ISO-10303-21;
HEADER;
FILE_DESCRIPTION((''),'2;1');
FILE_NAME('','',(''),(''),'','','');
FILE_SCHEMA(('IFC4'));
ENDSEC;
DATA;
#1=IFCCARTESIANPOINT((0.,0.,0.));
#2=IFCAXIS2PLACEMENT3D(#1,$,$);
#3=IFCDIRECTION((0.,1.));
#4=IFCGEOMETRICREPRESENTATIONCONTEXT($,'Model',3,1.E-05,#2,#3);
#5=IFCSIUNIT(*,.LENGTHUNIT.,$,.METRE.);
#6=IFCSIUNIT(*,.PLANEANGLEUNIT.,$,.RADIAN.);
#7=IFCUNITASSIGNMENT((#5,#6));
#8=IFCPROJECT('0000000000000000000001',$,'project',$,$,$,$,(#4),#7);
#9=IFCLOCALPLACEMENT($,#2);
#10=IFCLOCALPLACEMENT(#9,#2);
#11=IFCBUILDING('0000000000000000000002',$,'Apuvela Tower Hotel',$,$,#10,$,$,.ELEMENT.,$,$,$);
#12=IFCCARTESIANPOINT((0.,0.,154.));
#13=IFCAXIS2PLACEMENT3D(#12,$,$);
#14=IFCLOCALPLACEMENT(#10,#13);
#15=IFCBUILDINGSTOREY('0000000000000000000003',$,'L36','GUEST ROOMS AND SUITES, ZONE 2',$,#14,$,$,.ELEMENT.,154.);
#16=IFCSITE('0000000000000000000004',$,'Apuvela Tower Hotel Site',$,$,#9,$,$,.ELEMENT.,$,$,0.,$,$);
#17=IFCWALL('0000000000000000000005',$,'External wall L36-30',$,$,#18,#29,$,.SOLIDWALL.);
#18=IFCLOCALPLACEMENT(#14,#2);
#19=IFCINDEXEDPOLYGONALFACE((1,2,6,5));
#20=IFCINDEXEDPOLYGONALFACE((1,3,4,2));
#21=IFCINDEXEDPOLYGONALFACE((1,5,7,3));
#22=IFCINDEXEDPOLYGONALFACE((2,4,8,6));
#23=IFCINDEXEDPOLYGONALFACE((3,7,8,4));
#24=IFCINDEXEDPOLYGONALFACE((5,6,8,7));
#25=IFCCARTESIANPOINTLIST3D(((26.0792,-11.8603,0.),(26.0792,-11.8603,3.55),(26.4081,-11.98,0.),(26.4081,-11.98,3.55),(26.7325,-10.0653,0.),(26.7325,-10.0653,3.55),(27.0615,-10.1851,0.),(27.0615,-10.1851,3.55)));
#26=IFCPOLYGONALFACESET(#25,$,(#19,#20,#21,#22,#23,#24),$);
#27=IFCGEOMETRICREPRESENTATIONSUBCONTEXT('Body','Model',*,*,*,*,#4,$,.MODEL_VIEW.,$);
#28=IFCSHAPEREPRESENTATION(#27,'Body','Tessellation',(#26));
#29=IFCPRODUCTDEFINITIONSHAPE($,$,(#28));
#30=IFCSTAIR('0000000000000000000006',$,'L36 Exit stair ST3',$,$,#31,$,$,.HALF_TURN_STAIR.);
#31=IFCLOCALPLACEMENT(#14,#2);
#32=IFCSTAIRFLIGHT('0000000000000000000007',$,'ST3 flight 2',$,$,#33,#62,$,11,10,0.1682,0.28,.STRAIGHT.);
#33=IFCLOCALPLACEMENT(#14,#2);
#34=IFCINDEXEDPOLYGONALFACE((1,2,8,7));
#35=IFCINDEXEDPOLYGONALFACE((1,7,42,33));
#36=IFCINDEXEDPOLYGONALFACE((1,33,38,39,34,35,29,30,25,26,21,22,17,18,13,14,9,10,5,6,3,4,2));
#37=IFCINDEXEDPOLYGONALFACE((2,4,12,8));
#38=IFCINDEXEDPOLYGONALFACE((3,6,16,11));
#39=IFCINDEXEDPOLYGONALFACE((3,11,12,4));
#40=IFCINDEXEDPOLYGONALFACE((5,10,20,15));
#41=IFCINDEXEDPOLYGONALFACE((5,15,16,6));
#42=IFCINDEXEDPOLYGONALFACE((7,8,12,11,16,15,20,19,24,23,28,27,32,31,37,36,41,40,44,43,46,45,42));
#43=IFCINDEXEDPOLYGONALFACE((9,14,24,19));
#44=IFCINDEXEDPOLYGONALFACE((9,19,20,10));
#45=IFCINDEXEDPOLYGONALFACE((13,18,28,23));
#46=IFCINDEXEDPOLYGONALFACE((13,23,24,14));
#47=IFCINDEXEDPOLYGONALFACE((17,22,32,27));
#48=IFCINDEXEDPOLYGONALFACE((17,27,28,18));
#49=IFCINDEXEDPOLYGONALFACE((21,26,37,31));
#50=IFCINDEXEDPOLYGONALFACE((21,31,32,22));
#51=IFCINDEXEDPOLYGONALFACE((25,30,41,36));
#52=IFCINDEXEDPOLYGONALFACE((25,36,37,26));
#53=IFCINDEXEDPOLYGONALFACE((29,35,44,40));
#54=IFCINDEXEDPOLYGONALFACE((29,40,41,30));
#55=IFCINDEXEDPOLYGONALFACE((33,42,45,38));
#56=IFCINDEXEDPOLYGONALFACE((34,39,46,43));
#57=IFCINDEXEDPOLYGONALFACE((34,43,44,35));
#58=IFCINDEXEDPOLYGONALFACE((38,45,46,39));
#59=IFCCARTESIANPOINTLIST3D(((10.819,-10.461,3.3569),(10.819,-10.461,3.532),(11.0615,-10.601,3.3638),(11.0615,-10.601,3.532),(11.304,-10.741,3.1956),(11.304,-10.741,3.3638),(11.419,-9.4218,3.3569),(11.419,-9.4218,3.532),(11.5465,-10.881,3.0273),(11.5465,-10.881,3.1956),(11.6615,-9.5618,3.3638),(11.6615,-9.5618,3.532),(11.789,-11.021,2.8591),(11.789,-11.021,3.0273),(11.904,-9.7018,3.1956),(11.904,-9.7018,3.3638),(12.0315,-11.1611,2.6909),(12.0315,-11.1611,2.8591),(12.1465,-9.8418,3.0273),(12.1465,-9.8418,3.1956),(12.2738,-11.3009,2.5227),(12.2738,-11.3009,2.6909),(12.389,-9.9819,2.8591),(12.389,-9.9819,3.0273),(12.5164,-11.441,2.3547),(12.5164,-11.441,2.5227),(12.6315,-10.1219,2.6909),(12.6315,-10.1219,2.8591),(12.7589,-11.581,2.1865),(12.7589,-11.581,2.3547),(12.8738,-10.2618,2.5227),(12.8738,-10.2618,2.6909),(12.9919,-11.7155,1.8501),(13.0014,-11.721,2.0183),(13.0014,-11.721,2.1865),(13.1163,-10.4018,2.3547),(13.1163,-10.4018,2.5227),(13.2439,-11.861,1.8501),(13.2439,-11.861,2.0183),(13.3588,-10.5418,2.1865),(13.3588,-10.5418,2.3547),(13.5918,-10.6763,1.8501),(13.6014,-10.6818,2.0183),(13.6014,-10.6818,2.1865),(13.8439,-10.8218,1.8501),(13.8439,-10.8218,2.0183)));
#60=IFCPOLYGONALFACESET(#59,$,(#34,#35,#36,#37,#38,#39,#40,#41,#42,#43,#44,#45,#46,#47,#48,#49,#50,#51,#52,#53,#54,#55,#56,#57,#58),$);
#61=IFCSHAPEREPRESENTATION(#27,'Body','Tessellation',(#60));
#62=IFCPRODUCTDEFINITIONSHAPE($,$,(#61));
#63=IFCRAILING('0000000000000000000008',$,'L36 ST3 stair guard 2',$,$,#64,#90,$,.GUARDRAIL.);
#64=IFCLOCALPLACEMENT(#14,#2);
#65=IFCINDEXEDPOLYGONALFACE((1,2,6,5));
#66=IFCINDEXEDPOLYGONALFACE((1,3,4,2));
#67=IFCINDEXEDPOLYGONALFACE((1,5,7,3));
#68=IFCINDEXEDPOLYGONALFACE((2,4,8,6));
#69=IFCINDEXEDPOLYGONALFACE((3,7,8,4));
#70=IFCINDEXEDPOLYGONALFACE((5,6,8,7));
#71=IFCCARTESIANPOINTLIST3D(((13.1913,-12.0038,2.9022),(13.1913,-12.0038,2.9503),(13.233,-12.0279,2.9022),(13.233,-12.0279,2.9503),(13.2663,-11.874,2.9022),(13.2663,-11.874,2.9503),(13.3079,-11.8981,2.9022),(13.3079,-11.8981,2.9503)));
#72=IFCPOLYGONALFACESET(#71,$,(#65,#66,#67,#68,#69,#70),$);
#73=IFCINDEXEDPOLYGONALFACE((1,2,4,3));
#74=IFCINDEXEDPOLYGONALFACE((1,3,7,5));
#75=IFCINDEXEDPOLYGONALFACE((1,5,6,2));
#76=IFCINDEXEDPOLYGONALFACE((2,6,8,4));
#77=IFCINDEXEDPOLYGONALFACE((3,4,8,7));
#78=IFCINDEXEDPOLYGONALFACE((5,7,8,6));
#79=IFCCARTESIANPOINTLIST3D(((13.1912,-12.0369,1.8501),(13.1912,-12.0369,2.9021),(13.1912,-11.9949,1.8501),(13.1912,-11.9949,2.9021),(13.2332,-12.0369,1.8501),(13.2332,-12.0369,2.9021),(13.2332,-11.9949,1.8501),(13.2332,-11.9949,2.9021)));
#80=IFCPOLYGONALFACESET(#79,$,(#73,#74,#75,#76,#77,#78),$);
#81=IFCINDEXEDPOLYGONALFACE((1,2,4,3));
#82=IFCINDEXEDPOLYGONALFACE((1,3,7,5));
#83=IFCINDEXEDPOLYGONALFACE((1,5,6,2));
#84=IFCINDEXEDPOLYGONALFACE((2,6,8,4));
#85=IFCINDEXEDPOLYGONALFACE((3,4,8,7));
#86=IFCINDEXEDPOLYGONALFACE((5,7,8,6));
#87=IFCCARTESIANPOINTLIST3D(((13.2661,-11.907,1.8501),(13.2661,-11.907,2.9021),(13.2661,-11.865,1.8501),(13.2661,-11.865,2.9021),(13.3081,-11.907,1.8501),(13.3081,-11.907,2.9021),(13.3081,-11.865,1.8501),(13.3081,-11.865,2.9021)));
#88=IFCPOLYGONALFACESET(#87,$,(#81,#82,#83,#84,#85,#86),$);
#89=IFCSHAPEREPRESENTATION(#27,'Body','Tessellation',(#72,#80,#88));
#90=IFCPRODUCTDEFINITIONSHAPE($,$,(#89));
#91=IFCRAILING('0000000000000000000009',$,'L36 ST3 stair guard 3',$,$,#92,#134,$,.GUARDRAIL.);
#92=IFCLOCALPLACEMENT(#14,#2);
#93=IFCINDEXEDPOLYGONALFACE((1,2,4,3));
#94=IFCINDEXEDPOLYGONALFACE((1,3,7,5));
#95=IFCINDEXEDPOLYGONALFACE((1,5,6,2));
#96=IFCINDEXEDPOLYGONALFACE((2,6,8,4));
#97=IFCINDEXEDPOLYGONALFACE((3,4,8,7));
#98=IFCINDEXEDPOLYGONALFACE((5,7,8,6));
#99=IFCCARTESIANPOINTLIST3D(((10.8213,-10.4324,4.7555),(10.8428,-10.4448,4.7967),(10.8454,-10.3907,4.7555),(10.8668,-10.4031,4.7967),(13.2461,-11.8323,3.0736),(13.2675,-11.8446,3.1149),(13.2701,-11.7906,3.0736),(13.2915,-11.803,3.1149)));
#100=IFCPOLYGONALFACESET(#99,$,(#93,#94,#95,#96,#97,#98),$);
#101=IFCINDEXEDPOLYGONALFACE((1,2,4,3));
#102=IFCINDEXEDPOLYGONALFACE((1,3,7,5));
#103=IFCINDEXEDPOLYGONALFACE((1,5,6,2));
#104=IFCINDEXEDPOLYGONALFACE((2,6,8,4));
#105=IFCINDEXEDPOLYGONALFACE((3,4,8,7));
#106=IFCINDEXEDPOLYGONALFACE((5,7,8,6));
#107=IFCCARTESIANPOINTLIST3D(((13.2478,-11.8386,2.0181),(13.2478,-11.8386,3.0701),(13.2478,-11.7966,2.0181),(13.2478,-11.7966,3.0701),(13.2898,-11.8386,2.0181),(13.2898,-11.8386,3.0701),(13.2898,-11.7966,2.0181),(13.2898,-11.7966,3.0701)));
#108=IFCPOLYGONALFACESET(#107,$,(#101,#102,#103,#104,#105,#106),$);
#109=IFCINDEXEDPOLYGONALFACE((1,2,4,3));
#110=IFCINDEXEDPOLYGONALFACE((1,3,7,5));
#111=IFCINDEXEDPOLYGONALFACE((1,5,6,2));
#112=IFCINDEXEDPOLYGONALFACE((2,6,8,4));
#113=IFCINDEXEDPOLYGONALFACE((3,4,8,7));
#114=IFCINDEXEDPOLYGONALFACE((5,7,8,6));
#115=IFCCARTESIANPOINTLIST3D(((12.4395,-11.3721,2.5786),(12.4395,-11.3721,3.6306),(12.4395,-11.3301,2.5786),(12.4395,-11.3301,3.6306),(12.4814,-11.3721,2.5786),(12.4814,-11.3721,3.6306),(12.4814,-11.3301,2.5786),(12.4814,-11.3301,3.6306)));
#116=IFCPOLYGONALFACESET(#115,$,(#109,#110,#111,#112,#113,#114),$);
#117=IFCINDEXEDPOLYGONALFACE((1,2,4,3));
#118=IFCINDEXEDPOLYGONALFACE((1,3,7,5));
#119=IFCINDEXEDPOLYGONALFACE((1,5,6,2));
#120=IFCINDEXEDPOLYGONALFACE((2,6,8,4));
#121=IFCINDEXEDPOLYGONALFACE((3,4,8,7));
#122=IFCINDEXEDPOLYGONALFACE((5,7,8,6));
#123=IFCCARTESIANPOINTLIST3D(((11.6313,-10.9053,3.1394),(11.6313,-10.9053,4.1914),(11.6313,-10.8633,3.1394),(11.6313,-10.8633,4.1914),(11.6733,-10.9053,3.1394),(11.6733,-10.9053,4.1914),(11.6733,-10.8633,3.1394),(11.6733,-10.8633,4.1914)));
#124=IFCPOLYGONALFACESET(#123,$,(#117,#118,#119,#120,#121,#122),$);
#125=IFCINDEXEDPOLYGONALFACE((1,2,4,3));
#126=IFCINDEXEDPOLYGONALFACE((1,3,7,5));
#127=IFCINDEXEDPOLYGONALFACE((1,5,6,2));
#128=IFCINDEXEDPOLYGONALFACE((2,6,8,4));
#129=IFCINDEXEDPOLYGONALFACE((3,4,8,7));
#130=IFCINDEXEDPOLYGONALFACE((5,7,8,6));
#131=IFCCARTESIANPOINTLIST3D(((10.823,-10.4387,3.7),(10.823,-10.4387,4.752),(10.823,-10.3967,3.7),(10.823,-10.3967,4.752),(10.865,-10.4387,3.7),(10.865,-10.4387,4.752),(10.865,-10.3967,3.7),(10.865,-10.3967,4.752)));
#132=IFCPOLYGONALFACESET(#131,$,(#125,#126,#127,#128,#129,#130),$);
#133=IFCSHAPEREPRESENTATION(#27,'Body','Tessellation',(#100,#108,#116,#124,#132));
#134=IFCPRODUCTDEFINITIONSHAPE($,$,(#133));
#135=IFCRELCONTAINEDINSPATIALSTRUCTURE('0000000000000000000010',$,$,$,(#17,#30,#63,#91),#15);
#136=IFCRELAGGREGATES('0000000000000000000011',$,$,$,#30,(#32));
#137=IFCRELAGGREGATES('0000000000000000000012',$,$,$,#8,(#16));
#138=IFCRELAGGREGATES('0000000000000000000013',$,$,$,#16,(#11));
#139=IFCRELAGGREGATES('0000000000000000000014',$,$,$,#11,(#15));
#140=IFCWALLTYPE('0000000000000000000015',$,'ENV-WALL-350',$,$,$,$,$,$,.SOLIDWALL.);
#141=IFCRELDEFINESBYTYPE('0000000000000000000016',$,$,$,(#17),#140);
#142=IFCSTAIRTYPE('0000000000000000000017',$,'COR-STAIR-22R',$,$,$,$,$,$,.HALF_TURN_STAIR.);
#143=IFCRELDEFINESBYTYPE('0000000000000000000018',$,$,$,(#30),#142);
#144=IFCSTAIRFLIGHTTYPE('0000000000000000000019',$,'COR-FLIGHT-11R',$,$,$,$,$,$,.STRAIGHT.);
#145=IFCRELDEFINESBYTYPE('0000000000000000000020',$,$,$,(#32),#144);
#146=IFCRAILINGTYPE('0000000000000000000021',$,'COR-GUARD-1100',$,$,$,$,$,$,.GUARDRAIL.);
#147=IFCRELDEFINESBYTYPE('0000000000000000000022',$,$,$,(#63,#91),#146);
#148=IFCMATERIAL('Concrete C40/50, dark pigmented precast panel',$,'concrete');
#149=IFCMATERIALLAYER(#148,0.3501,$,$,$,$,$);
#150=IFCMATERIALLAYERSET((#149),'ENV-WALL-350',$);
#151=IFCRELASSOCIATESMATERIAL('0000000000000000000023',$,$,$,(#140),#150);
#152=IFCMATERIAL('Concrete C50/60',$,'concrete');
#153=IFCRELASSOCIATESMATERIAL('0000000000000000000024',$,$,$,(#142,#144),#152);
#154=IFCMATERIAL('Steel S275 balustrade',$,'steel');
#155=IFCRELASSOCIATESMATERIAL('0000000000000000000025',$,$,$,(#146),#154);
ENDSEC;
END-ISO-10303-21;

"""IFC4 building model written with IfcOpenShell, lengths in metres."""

from ifc_helpers import new_model, si_unit, direction, frame, frame_2d, origin, origin_2d, place, context, subcontext, project, spatial, polyline, rectangle, outline, extrude, material, layer, layer_set, type_object, element, aggregate, save


model = new_model("IFC4")

# Units and contexts
model_context = context("Model", 3, precision=1e-05, world=origin(), true_north=direction((0.0, 1.0)))
body_context = subcontext(model_context, "Body", "Model", "MODEL_VIEW")
ifc_project = project(units=[si_unit("LENGTHUNIT", "METRE"), si_unit("PLANEANGLEUNIT", "RADIAN")], contexts=[model_context])

# Site, building, storey
site_placement = place(None, origin())
site = spatial("IfcSite", under=ifc_project, at=site_placement, Name="Apuvela Tower Hotel Site", CompositionType="ELEMENT", RefElevation=0.0)
building_placement = place(site_placement, origin())
building = spatial("IfcBuilding", under=site, at=building_placement, Name="Apuvela Tower Hotel", CompositionType="ELEMENT")
storey_placement = place(building_placement, frame((0.0, 0.0, 154.0)))
storey = spatial("IfcBuildingStorey", under=building, at=storey_placement, Name="L36", Description="GUEST ROOMS AND SUITES, ZONE 2", CompositionType="ELEMENT", Elevation=154.0)

# Shared definitions
ifc_material_1 = material(Name="Concrete C50/60", Category="concrete")

# Shared definitions
ifc_material_2 = material(Name="Concrete C40/50, dark pigmented precast panel", Category="concrete")
ifc_layer_1 = layer(ifc_material_2, 0.3501)
ifc_layer_set_1 = layer_set([ifc_layer_1], Name="ENV-WALL-350")
wall_type_1 = type_object("IfcWallType", Name="ENV-WALL-350", PredefinedType="SOLIDWALL", material=ifc_layer_set_1)

# Wall
wall_1_placement = place(storey_placement, frame((26.2437, -11.9202, 0.0), z_axis=(0.0, 0.0, 1.0), x_axis=(0.34203, 0.939689, 0.0)))
element("IfcWall", 1, at=wall_1_placement, inside=storey, type_object=wall_type_1, Name="External wall L36-30", PredefinedType="SOLIDWALL", context=body_context, shape_type="SweptSolid", body=[
    extrude(rectangle(XDim=1.9102, YDim=0.3501, at=frame_2d((0.9551, 0.0))), origin(), (0.0, 0.0, 1.0), 3.55),
])

# Stair, stair flight
stair_type = type_object("IfcStairType", Name="COR-STAIR-22R", PredefinedType="HALF_TURN_STAIR", material=ifc_material_1)
stair_placement = place(storey_placement, origin())
stair = element("IfcStair", 2, at=stair_placement, inside=storey, type_object=stair_type, Name="L36 Exit stair ST3", PredefinedType="HALF_TURN_STAIR")
stair_flight_type = type_object("IfcStairFlightType", Name="COR-FLIGHT-11R", PredefinedType="STRAIGHT", material=ifc_material_1)
stair_flight_placement = place(storey_placement, frame((13.5439, -11.3413, 1.8501), z_axis=(0.0, 0.0, 1.0), x_axis=(-0.866025, 0.5, 0.0)))
stair_flight = element("IfcStairFlight", 3, at=stair_flight_placement, type_object=stair_flight_type, Name="ST3 flight 2", NumberOfRisers=11, NumberOfTreads=10, PredefinedType="STRAIGHT", RiserHeight=0.1682, TreadLength=0.28, context=body_context, shape_type="SweptSolid", body=[
    extrude(outline(polyline([(0.0, 0.0), (0.0, 0.1682), (0.28, 0.1682), (0.28, 0.3364), (0.5601, 0.3364), (0.5601, 0.5046), (0.8401, 0.5046), (0.8401, 0.6726), (1.1201, 0.6726), (1.1201, 0.8408), (1.3999, 0.8408), (1.3999, 1.009), (1.6799, 1.009), (1.6799, 1.1772), (1.96, 1.1772), (1.96, 1.3455), (2.24, 1.3455), (2.24, 1.5137), (2.52, 1.5137), (2.52, 1.6819), (2.8, 1.6819), (2.8, 1.8501), (2.8, 1.5068), (0.291, 0.0), (0.0, 0.0)])), frame((0.0, 0.6001, 0.0), z_axis=(0.0, -1.0, 0.0), x_axis=(1.0, 0.0, 0.0)), (0.0, 0.0, 1.0), 1.2),
])
aggregate(stair, [stair_flight])

# Railings
ifc_material_3 = material(Name="Steel S275 balustrade", Category="steel")
railing_type = type_object("IfcRailingType", Name="COR-GUARD-1100", PredefinedType="GUARDRAIL", material=ifc_material_3)
railing_1_placement = place(storey_placement, frame((13.2122, -12.0159, 1.8501)))
element("IfcRailing", 4, at=railing_1_placement, inside=storey, type_object=railing_type, Name="L36 ST3 stair guard 2", PredefinedType="GUARDRAIL", context=body_context, shape_type="SweptSolid", body=[
    extrude(rectangle(XDim=0.0481, YDim=0.0481, at=origin_2d()), frame((0.0, 0.0, 1.0762), z_axis=(0.499816, 0.866131, 0.0), x_axis=(-0.866131, 0.499816, 0.0)), (0.0, 0.0, 1.0), 0.1499),
    extrude(rectangle(XDim=0.042, YDim=0.042, at=origin_2d()), origin(), (0.0, 0.0, 1.0), 1.052),
    extrude(rectangle(XDim=0.042, YDim=0.042, at=origin_2d()), frame((0.075, 0.1299, 0.0)), (0.0, 0.0, 1.0), 1.052),
])
railing_2_placement = place(storey_placement, frame((13.2688, -11.8176, 2.0181)))
element("IfcRailing", 5, at=railing_2_placement, inside=storey, type_object=railing_type, Name="L36 ST3 stair guard 3", PredefinedType="GUARDRAIL", context=body_context, shape_type="SweptSolid", body=[
    extrude(rectangle(XDim=0.0481, YDim=0.0481, at=origin_2d()), frame((0.0, 0.0, 1.0762), z_axis=(-0.74239, 0.428601, 0.514934), x_axis=(-0.499984, -0.866035, 0.0)), (0.0, 0.0, 1.0), 3.2661),
    extrude(rectangle(XDim=0.042, YDim=0.042, at=origin_2d()), origin(), (0.0, 0.0, 1.0), 1.052),
    extrude(rectangle(XDim=0.042, YDim=0.042, at=origin_2d()), frame((-0.8083, 0.4666, 0.5605)), (0.0, 0.0, 1.0), 1.052),
    extrude(rectangle(XDim=0.042, YDim=0.042, at=origin_2d()), frame((-1.6165, 0.9333, 1.1213)), (0.0, 0.0, 1.0), 1.052),
    extrude(rectangle(XDim=0.042, YDim=0.042, at=origin_2d()), frame((-2.4248, 1.3999, 1.6819)), (0.0, 0.0, 1.0), 1.052),
])

save(model, "model.ifc")
